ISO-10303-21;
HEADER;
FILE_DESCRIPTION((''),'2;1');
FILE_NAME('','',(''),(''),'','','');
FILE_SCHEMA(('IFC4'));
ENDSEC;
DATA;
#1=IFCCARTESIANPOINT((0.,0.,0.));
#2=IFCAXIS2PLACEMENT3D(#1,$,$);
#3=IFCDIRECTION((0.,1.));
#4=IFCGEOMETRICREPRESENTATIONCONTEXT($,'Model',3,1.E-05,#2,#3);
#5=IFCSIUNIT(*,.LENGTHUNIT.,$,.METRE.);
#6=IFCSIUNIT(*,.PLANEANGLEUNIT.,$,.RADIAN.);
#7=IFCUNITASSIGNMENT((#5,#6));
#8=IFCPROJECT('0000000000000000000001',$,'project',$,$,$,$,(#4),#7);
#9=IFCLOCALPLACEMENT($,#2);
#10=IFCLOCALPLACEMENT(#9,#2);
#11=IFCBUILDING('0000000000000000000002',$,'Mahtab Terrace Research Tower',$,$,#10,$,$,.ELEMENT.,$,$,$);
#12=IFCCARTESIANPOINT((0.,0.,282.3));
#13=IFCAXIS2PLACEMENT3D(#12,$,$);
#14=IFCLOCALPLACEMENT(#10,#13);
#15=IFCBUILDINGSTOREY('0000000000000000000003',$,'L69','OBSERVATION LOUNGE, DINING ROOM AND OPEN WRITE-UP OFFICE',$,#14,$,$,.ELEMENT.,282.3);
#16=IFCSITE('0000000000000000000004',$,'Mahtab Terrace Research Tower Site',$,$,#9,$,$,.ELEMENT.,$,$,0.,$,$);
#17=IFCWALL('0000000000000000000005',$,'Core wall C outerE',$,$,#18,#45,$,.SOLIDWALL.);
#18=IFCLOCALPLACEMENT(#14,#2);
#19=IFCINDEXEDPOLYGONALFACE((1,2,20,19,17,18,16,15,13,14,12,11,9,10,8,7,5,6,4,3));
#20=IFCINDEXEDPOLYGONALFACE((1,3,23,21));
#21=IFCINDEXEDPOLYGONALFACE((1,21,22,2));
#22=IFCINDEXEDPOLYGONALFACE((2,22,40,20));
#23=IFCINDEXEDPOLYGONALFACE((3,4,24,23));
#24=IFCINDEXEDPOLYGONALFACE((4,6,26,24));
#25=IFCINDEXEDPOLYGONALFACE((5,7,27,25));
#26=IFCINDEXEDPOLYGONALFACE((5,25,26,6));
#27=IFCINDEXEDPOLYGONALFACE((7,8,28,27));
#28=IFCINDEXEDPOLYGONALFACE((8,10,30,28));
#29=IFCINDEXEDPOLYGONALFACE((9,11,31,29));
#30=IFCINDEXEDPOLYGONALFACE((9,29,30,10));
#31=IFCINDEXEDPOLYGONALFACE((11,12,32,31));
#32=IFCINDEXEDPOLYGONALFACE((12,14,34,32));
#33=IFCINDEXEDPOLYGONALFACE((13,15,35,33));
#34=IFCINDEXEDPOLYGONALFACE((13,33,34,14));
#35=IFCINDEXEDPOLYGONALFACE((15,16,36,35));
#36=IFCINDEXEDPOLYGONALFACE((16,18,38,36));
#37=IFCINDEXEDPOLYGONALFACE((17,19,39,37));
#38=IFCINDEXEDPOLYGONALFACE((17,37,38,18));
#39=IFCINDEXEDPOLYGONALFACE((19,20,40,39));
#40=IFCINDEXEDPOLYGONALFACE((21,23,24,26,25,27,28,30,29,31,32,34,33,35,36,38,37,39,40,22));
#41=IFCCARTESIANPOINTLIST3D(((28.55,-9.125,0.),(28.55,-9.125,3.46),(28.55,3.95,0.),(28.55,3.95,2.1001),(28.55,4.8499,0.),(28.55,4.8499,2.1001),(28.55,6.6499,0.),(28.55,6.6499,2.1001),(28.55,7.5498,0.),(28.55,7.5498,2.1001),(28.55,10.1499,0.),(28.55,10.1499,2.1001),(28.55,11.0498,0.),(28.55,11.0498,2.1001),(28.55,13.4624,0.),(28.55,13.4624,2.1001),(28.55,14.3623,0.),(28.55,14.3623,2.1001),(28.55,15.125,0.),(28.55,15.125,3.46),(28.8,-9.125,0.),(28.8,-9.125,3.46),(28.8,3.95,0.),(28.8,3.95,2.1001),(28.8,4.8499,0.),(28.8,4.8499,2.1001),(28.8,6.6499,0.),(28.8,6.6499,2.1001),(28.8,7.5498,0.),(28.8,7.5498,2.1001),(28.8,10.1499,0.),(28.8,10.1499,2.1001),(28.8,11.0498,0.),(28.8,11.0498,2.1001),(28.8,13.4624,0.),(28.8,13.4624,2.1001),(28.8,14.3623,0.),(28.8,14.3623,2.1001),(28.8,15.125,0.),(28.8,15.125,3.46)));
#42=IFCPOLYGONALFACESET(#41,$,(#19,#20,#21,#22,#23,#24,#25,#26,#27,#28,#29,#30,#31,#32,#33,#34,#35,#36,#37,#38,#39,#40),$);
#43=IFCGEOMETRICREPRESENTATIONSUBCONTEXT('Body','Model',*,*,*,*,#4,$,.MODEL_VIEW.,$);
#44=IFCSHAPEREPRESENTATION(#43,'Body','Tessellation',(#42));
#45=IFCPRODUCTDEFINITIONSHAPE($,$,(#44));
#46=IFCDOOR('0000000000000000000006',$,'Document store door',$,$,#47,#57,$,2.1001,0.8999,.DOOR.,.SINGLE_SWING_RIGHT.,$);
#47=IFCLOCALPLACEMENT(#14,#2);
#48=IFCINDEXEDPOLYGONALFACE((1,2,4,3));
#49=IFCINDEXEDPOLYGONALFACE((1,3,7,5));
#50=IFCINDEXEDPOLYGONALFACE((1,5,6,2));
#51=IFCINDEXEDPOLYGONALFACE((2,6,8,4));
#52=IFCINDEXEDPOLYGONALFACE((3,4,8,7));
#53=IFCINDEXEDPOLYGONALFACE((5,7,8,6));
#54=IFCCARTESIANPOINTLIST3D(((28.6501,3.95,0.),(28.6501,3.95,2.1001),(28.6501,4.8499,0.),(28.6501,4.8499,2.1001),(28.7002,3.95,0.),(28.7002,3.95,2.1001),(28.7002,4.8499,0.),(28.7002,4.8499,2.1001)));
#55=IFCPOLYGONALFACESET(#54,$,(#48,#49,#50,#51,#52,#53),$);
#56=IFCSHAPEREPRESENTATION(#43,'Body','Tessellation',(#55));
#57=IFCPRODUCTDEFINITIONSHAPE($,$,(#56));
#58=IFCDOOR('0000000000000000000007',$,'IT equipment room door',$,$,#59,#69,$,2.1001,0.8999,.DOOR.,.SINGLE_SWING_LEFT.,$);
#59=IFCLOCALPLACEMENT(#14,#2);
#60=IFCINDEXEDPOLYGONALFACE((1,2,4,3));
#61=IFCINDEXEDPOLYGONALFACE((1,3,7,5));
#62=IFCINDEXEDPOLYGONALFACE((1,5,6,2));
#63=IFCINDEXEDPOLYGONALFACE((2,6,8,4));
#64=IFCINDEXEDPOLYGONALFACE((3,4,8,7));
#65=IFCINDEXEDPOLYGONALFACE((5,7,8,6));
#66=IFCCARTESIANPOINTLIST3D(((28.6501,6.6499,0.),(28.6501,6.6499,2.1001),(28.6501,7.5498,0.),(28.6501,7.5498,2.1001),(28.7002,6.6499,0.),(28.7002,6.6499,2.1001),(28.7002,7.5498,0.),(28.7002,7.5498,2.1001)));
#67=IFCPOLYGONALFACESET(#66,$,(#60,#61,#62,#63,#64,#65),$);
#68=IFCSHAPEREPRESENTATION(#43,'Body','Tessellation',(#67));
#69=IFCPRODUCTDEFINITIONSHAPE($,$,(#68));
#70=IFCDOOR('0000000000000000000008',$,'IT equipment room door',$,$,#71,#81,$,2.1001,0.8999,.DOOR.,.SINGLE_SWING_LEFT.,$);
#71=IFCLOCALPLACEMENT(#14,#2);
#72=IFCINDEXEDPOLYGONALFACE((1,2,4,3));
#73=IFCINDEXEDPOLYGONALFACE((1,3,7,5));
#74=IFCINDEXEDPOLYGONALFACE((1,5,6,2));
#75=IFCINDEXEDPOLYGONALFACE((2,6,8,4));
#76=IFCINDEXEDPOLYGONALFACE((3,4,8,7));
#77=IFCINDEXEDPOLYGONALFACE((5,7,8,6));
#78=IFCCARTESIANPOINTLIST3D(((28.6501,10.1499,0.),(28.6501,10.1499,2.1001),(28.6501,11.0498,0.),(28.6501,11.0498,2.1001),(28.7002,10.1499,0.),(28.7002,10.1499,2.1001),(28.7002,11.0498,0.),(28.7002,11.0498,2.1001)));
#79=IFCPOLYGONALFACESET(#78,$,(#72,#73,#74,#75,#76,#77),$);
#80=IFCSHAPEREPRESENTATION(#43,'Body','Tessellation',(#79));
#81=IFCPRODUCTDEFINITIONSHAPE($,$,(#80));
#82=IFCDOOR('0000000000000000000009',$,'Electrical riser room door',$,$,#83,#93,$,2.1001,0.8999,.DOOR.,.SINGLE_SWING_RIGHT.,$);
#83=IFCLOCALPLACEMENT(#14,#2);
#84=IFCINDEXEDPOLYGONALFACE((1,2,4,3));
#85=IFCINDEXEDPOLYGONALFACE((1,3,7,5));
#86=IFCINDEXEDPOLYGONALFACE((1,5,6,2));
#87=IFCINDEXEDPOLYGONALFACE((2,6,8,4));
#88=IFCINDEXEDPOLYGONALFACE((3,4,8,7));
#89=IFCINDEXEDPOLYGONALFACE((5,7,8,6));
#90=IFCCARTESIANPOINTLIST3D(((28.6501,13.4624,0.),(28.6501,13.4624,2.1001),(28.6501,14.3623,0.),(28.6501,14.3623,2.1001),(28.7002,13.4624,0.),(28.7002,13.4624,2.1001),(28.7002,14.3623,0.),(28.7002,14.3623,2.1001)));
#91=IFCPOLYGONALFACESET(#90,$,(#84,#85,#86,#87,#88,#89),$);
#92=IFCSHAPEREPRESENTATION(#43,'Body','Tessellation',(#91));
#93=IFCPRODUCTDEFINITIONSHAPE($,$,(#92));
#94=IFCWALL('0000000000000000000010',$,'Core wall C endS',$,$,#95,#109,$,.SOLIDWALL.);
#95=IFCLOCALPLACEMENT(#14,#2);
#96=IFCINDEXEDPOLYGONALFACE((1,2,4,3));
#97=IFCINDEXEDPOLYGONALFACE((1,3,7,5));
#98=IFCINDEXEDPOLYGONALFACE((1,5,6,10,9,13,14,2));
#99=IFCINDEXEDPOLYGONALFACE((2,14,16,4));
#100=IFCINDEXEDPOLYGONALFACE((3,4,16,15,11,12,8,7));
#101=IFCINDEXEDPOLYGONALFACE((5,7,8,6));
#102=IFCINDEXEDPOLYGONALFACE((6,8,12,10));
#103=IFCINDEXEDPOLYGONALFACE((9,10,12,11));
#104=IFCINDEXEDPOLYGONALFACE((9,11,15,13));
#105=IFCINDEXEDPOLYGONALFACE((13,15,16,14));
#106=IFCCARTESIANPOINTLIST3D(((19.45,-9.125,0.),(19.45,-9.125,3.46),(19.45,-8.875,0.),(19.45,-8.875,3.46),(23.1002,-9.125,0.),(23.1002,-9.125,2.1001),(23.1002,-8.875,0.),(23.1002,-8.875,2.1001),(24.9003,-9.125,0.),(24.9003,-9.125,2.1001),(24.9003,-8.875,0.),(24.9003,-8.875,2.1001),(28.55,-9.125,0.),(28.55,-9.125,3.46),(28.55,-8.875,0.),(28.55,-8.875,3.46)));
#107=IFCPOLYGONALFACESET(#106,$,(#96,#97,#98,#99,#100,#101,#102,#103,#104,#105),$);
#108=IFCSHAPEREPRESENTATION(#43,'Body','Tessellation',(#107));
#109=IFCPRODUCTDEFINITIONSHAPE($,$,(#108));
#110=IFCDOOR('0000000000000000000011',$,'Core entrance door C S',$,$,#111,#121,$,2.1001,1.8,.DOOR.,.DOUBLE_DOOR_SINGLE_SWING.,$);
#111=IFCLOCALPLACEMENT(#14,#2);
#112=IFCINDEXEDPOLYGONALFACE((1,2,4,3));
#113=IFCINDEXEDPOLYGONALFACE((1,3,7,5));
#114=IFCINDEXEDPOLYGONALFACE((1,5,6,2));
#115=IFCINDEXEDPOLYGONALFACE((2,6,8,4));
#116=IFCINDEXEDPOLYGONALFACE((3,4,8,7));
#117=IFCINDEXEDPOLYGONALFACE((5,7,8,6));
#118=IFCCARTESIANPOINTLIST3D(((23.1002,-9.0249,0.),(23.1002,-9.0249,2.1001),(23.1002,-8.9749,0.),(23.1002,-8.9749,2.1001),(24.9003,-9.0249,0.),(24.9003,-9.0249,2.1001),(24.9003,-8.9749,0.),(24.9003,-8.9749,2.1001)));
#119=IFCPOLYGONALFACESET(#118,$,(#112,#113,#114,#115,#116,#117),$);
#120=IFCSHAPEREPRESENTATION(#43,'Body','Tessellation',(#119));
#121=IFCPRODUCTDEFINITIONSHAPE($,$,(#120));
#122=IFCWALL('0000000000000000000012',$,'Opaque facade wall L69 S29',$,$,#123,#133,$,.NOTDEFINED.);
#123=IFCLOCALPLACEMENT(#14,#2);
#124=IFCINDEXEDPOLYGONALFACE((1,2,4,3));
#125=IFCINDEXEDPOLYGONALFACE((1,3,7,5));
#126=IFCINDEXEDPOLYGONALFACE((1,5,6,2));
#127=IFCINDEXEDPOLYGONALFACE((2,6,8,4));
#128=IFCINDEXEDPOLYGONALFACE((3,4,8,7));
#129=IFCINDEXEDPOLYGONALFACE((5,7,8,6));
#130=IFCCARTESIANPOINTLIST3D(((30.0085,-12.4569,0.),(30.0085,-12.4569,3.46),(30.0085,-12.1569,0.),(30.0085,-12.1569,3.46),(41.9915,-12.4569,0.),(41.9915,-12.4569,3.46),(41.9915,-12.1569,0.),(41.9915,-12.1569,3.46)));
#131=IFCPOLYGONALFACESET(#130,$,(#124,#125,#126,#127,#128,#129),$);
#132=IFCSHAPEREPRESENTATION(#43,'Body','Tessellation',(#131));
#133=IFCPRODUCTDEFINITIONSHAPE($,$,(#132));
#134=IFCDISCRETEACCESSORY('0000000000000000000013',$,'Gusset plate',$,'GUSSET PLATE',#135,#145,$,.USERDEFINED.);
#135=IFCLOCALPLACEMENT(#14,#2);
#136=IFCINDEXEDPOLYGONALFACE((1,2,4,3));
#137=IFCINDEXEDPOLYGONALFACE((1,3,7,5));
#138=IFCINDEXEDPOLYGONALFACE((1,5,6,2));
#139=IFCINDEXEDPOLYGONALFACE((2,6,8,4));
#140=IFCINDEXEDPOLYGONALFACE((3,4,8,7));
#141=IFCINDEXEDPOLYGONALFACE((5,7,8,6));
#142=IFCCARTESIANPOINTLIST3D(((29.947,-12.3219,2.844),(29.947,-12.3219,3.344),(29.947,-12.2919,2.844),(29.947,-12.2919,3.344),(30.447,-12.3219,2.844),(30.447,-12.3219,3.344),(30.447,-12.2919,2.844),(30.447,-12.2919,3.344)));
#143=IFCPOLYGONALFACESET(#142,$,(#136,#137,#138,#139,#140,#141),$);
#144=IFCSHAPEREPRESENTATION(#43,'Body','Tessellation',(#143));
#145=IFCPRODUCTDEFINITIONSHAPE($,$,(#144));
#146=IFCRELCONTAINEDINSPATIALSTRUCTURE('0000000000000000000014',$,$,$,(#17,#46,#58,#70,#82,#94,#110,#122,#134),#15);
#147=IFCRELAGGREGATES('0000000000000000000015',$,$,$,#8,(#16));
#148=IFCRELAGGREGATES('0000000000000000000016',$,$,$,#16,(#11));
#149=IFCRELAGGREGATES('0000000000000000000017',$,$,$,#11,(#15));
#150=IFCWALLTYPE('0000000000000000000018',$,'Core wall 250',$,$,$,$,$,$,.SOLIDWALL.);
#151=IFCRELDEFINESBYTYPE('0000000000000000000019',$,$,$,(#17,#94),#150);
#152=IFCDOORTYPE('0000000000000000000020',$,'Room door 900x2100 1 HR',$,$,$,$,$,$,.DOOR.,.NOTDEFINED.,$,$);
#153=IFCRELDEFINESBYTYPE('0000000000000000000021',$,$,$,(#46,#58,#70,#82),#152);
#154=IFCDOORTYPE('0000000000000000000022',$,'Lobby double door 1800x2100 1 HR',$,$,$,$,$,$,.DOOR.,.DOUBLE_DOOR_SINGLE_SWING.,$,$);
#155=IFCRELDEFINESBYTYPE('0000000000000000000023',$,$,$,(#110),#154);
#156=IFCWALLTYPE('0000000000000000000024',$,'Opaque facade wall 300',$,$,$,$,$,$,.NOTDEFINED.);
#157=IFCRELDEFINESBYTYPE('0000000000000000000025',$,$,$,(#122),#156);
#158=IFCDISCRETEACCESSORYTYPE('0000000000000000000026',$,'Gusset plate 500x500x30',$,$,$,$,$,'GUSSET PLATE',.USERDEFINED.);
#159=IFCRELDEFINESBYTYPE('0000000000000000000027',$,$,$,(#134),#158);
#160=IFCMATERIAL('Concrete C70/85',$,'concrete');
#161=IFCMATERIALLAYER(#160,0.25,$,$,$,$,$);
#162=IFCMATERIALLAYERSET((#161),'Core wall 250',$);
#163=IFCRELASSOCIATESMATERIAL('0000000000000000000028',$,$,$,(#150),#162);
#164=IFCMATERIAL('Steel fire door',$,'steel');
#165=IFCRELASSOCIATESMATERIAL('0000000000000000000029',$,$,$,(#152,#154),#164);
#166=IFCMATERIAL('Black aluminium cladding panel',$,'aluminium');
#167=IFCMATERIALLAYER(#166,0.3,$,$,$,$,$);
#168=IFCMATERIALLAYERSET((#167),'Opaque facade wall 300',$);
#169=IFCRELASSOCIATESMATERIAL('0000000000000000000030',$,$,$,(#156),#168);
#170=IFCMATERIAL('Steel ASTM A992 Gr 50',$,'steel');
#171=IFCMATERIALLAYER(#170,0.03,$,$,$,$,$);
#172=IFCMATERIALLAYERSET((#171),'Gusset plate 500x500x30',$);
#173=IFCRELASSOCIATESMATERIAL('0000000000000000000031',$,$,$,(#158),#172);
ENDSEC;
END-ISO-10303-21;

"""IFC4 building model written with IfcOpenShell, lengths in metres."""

from ifc_helpers import new_model, si_unit, direction, frame, frame_2d, origin, origin_2d, place, context, subcontext, project, spatial, rectangle, extrude, material, layer, layer_set, type_object, element, fill, save


model = new_model("IFC4")

# Units and contexts
model_context = context("Model", 3, precision=1e-05, world=origin(), true_north=direction((0.0, 1.0)))
body_context = subcontext(model_context, "Body", "Model", "MODEL_VIEW")
ifc_project = project(units=[si_unit("LENGTHUNIT", "METRE"), si_unit("PLANEANGLEUNIT", "RADIAN")], contexts=[model_context])

# Site, building, storey
site_placement = place(None, origin())
site = spatial("IfcSite", under=ifc_project, at=site_placement, Name="Mahtab Terrace Research Tower Site", CompositionType="ELEMENT", RefElevation=0.0)
building_placement = place(site_placement, origin())
building = spatial("IfcBuilding", under=site, at=building_placement, Name="Mahtab Terrace Research Tower", CompositionType="ELEMENT")
storey_placement = place(building_placement, frame((0.0, 0.0, 282.3)))
storey = spatial("IfcBuildingStorey", under=building, at=storey_placement, Name="L69", Description="OBSERVATION LOUNGE, DINING ROOM AND OPEN WRITE-UP OFFICE", CompositionType="ELEMENT", Elevation=282.3)

# Shared definitions
ifc_material_1 = material(Name="Concrete C70/85", Category="concrete")
ifc_material_2 = material(Name="Steel ASTM A992 Gr 50", Category="steel")

# Wall, openings, doors
ifc_layer_1 = layer(ifc_material_1, 0.25)
ifc_layer_set_1 = layer_set([ifc_layer_1], Name="Core wall 250")
wall_type_1 = type_object("IfcWallType", Name="Core wall 250", PredefinedType="SOLIDWALL", material=ifc_layer_set_1)
wall_1_placement = place(storey_placement, frame((28.675, -9.125, 0.0), z_axis=(0.0, 0.0, 1.0), x_axis=(0.0, 1.0, 0.0)))
wall_1 = element("IfcWall", 1, at=wall_1_placement, inside=storey, type_object=wall_type_1, Name="Core wall C outerE", PredefinedType="SOLIDWALL", context=body_context, shape_type="SweptSolid", body=[
    extrude(rectangle(XDim=24.25, YDim=0.25, at=frame_2d((12.125, 0.0))), origin(), (0.0, 0.0, 1.0), 3.46),
])
opening_1_placement = place(wall_1_placement, frame((13.075, 0.0, 0.0)))
opening_1 = element("IfcOpeningElement", 2, at=opening_1_placement, cuts=wall_1, PredefinedType="OPENING", context=body_context, shape_type="SweptSolid", body=[
    extrude(rectangle(XDim=0.8999, YDim=2.1001, at=frame_2d((0.45, 1.05))), frame((0.0, 0.135, 0.0), z_axis=(0.0, -1.0, 0.0), x_axis=(1.0, 0.0, 0.0)), (0.0, 0.0, 1.0), 0.27),
])
opening_2_placement = place(wall_1_placement, frame((15.7749, 0.0, 0.0)))
opening_2 = element("IfcOpeningElement", 3, at=opening_2_placement, cuts=wall_1, PredefinedType="OPENING", context=body_context, shape_type="SweptSolid", body=[
    extrude(rectangle(XDim=0.8999, YDim=2.1001, at=frame_2d((0.45, 1.05))), frame((0.0, 0.135, 0.0), z_axis=(0.0, -1.0, 0.0), x_axis=(1.0, 0.0, 0.0)), (0.0, 0.0, 1.0), 0.27),
])
opening_3_placement = place(wall_1_placement, frame((19.2749, 0.0, 0.0)))
opening_3 = element("IfcOpeningElement", 4, at=opening_3_placement, cuts=wall_1, PredefinedType="OPENING", context=body_context, shape_type="SweptSolid", body=[
    extrude(rectangle(XDim=0.8999, YDim=2.1001, at=frame_2d((0.45, 1.05))), frame((0.0, 0.135, 0.0), z_axis=(0.0, -1.0, 0.0), x_axis=(1.0, 0.0, 0.0)), (0.0, 0.0, 1.0), 0.27),
])
opening_4_placement = place(wall_1_placement, frame((22.5874, 0.0, 0.0)))
opening_4 = element("IfcOpeningElement", 5, at=opening_4_placement, cuts=wall_1, PredefinedType="OPENING", context=body_context, shape_type="SweptSolid", body=[
    extrude(rectangle(XDim=0.8999, YDim=2.1001, at=frame_2d((0.45, 1.05))), frame((0.0, 0.135, 0.0), z_axis=(0.0, -1.0, 0.0), x_axis=(1.0, 0.0, 0.0)), (0.0, 0.0, 1.0), 0.27),
])
ifc_material_3 = material(Name="Steel fire door", Category="steel")
door_type_1 = type_object("IfcDoorType", Name="Room door 900x2100 1 HR", OperationType="NOTDEFINED", PredefinedType="DOOR", material=ifc_material_3)
door_1_placement = place(opening_1_placement, origin())
door_1 = element("IfcDoor", 6, at=door_1_placement, inside=storey, type_object=door_type_1, Name="Document store door", OperationType="SINGLE_SWING_RIGHT", OverallHeight=2.1001, OverallWidth=0.8999, PredefinedType="DOOR", context=body_context, shape_type="SweptSolid", body=[
    extrude(rectangle(XDim=0.8999, YDim=2.1001, at=frame_2d((0.45, 1.05))), frame((0.0, 0.0249, 0.0), z_axis=(0.0, -1.0, 0.0), x_axis=(1.0, 0.0, 0.0)), (0.0, 0.0, 1.0), 0.05),
])
fill(opening_1, door_1)
door_2_placement = place(opening_2_placement, origin())
door_2 = element("IfcDoor", 7, at=door_2_placement, inside=storey, type_object=door_type_1, Name="IT equipment room door", OperationType="SINGLE_SWING_LEFT", OverallHeight=2.1001, OverallWidth=0.8999, PredefinedType="DOOR", context=body_context, shape_type="SweptSolid", body=[
    extrude(rectangle(XDim=0.8999, YDim=2.1001, at=frame_2d((0.45, 1.05))), frame((0.0, 0.0249, 0.0), z_axis=(0.0, -1.0, 0.0), x_axis=(1.0, 0.0, 0.0)), (0.0, 0.0, 1.0), 0.05),
])
fill(opening_2, door_2)
door_3_placement = place(opening_3_placement, origin())
door_3 = element("IfcDoor", 8, at=door_3_placement, inside=storey, type_object=door_type_1, Name="IT equipment room door", OperationType="SINGLE_SWING_LEFT", OverallHeight=2.1001, OverallWidth=0.8999, PredefinedType="DOOR", context=body_context, shape_type="SweptSolid", body=[
    extrude(rectangle(XDim=0.8999, YDim=2.1001, at=frame_2d((0.45, 1.05))), frame((0.0, 0.0249, 0.0), z_axis=(0.0, -1.0, 0.0), x_axis=(1.0, 0.0, 0.0)), (0.0, 0.0, 1.0), 0.05),
])
fill(opening_3, door_3)
door_4_placement = place(opening_4_placement, origin())
door_4 = element("IfcDoor", 9, at=door_4_placement, inside=storey, type_object=door_type_1, Name="Electrical riser room door", OperationType="SINGLE_SWING_RIGHT", OverallHeight=2.1001, OverallWidth=0.8999, PredefinedType="DOOR", context=body_context, shape_type="SweptSolid", body=[
    extrude(rectangle(XDim=0.8999, YDim=2.1001, at=frame_2d((0.45, 1.05))), frame((0.0, 0.0249, 0.0), z_axis=(0.0, -1.0, 0.0), x_axis=(1.0, 0.0, 0.0)), (0.0, 0.0, 1.0), 0.05),
])
fill(opening_4, door_4)

# Wall, opening, door
wall_2_placement = place(storey_placement, frame((28.55, -9.0, 0.0), z_axis=(0.0, 0.0, 1.0), x_axis=(-1.0, 0.0, 0.0)))
wall_2 = element("IfcWall", 10, at=wall_2_placement, inside=storey, type_object=wall_type_1, Name="Core wall C endS", PredefinedType="SOLIDWALL", context=body_context, shape_type="SweptSolid", body=[
    extrude(rectangle(XDim=9.1001, YDim=0.25, at=frame_2d((4.55, 0.0))), origin(), (0.0, 0.0, 1.0), 3.46),
])
opening_5_placement = place(wall_2_placement, frame((3.6499, 0.0, 0.0)))
opening_5 = element("IfcOpeningElement", 11, at=opening_5_placement, cuts=wall_2, PredefinedType="OPENING", context=body_context, shape_type="SweptSolid", body=[
    extrude(rectangle(XDim=1.8, YDim=2.1001, at=frame_2d((0.8999, 1.05))), frame((0.0, 0.135, 0.0), z_axis=(0.0, -1.0, 0.0), x_axis=(1.0, 0.0, 0.0)), (0.0, 0.0, 1.0), 0.27),
])
door_type_2 = type_object("IfcDoorType", Name="Lobby double door 1800x2100 1 HR", OperationType="DOUBLE_DOOR_SINGLE_SWING", PredefinedType="DOOR", material=ifc_material_3)
door_5_placement = place(opening_5_placement, origin())
door_5 = element("IfcDoor", 12, at=door_5_placement, inside=storey, type_object=door_type_2, Name="Core entrance door C S", OperationType="DOUBLE_DOOR_SINGLE_SWING", OverallHeight=2.1001, OverallWidth=1.8, PredefinedType="DOOR", context=body_context, shape_type="SweptSolid", body=[
    extrude(rectangle(XDim=1.8, YDim=2.1001, at=frame_2d((0.8999, 1.05))), frame((0.0, 0.0249, 0.0), z_axis=(0.0, -1.0, 0.0), x_axis=(1.0, 0.0, 0.0)), (0.0, 0.0, 1.0), 0.05),
])
fill(opening_5, door_5)

# Wall
ifc_material_4 = material(Name="Black aluminium cladding panel", Category="aluminium")
ifc_layer_2 = layer(ifc_material_4, 0.3)
ifc_layer_set_2 = layer_set([ifc_layer_2], Name="Opaque facade wall 300")
wall_type_2 = type_object("IfcWallType", Name="Opaque facade wall 300", PredefinedType="NOTDEFINED", material=ifc_layer_set_2)
wall_3_placement = place(storey_placement, frame((30.0085, -12.3069, 0.0), z_axis=(0.0, 0.0, 1.0), x_axis=(1.0, 0.0, 0.0)))
element("IfcWall", 13, at=wall_3_placement, inside=storey, type_object=wall_type_2, Name="Opaque facade wall L69 S29", PredefinedType="NOTDEFINED", context=body_context, shape_type="SweptSolid", body=[
    extrude(rectangle(XDim=11.9829, YDim=0.3, at=frame_2d((5.9915, 0.0))), origin(), (0.0, 0.0, 1.0), 3.46),
])

# Discrete accessory
ifc_layer_3 = layer(ifc_material_2, 0.03)
ifc_layer_set_3 = layer_set([ifc_layer_3], Name="Gusset plate 500x500x30")
discrete_accessory_type = type_object("IfcDiscreteAccessoryType", Name="Gusset plate 500x500x30", ElementType="GUSSET PLATE", PredefinedType="USERDEFINED", material=ifc_layer_set_3)
discrete_accessory_placement = place(storey_placement, frame((30.197, -12.3069, 2.844), z_axis=(0.0, 0.0, 1.0), x_axis=(1.0, 0.0, 0.0)))
element("IfcDiscreteAccessory", 14, at=discrete_accessory_placement, inside=storey, type_object=discrete_accessory_type, Name="Gusset plate", ObjectType="GUSSET PLATE", PredefinedType="USERDEFINED", context=body_context, shape_type="SweptSolid", body=[
    extrude(rectangle(XDim=0.5, YDim=0.03, at=origin_2d()), origin(), (0.0, 0.0, 1.0), 0.5),
])

save(model, "model.ifc")
